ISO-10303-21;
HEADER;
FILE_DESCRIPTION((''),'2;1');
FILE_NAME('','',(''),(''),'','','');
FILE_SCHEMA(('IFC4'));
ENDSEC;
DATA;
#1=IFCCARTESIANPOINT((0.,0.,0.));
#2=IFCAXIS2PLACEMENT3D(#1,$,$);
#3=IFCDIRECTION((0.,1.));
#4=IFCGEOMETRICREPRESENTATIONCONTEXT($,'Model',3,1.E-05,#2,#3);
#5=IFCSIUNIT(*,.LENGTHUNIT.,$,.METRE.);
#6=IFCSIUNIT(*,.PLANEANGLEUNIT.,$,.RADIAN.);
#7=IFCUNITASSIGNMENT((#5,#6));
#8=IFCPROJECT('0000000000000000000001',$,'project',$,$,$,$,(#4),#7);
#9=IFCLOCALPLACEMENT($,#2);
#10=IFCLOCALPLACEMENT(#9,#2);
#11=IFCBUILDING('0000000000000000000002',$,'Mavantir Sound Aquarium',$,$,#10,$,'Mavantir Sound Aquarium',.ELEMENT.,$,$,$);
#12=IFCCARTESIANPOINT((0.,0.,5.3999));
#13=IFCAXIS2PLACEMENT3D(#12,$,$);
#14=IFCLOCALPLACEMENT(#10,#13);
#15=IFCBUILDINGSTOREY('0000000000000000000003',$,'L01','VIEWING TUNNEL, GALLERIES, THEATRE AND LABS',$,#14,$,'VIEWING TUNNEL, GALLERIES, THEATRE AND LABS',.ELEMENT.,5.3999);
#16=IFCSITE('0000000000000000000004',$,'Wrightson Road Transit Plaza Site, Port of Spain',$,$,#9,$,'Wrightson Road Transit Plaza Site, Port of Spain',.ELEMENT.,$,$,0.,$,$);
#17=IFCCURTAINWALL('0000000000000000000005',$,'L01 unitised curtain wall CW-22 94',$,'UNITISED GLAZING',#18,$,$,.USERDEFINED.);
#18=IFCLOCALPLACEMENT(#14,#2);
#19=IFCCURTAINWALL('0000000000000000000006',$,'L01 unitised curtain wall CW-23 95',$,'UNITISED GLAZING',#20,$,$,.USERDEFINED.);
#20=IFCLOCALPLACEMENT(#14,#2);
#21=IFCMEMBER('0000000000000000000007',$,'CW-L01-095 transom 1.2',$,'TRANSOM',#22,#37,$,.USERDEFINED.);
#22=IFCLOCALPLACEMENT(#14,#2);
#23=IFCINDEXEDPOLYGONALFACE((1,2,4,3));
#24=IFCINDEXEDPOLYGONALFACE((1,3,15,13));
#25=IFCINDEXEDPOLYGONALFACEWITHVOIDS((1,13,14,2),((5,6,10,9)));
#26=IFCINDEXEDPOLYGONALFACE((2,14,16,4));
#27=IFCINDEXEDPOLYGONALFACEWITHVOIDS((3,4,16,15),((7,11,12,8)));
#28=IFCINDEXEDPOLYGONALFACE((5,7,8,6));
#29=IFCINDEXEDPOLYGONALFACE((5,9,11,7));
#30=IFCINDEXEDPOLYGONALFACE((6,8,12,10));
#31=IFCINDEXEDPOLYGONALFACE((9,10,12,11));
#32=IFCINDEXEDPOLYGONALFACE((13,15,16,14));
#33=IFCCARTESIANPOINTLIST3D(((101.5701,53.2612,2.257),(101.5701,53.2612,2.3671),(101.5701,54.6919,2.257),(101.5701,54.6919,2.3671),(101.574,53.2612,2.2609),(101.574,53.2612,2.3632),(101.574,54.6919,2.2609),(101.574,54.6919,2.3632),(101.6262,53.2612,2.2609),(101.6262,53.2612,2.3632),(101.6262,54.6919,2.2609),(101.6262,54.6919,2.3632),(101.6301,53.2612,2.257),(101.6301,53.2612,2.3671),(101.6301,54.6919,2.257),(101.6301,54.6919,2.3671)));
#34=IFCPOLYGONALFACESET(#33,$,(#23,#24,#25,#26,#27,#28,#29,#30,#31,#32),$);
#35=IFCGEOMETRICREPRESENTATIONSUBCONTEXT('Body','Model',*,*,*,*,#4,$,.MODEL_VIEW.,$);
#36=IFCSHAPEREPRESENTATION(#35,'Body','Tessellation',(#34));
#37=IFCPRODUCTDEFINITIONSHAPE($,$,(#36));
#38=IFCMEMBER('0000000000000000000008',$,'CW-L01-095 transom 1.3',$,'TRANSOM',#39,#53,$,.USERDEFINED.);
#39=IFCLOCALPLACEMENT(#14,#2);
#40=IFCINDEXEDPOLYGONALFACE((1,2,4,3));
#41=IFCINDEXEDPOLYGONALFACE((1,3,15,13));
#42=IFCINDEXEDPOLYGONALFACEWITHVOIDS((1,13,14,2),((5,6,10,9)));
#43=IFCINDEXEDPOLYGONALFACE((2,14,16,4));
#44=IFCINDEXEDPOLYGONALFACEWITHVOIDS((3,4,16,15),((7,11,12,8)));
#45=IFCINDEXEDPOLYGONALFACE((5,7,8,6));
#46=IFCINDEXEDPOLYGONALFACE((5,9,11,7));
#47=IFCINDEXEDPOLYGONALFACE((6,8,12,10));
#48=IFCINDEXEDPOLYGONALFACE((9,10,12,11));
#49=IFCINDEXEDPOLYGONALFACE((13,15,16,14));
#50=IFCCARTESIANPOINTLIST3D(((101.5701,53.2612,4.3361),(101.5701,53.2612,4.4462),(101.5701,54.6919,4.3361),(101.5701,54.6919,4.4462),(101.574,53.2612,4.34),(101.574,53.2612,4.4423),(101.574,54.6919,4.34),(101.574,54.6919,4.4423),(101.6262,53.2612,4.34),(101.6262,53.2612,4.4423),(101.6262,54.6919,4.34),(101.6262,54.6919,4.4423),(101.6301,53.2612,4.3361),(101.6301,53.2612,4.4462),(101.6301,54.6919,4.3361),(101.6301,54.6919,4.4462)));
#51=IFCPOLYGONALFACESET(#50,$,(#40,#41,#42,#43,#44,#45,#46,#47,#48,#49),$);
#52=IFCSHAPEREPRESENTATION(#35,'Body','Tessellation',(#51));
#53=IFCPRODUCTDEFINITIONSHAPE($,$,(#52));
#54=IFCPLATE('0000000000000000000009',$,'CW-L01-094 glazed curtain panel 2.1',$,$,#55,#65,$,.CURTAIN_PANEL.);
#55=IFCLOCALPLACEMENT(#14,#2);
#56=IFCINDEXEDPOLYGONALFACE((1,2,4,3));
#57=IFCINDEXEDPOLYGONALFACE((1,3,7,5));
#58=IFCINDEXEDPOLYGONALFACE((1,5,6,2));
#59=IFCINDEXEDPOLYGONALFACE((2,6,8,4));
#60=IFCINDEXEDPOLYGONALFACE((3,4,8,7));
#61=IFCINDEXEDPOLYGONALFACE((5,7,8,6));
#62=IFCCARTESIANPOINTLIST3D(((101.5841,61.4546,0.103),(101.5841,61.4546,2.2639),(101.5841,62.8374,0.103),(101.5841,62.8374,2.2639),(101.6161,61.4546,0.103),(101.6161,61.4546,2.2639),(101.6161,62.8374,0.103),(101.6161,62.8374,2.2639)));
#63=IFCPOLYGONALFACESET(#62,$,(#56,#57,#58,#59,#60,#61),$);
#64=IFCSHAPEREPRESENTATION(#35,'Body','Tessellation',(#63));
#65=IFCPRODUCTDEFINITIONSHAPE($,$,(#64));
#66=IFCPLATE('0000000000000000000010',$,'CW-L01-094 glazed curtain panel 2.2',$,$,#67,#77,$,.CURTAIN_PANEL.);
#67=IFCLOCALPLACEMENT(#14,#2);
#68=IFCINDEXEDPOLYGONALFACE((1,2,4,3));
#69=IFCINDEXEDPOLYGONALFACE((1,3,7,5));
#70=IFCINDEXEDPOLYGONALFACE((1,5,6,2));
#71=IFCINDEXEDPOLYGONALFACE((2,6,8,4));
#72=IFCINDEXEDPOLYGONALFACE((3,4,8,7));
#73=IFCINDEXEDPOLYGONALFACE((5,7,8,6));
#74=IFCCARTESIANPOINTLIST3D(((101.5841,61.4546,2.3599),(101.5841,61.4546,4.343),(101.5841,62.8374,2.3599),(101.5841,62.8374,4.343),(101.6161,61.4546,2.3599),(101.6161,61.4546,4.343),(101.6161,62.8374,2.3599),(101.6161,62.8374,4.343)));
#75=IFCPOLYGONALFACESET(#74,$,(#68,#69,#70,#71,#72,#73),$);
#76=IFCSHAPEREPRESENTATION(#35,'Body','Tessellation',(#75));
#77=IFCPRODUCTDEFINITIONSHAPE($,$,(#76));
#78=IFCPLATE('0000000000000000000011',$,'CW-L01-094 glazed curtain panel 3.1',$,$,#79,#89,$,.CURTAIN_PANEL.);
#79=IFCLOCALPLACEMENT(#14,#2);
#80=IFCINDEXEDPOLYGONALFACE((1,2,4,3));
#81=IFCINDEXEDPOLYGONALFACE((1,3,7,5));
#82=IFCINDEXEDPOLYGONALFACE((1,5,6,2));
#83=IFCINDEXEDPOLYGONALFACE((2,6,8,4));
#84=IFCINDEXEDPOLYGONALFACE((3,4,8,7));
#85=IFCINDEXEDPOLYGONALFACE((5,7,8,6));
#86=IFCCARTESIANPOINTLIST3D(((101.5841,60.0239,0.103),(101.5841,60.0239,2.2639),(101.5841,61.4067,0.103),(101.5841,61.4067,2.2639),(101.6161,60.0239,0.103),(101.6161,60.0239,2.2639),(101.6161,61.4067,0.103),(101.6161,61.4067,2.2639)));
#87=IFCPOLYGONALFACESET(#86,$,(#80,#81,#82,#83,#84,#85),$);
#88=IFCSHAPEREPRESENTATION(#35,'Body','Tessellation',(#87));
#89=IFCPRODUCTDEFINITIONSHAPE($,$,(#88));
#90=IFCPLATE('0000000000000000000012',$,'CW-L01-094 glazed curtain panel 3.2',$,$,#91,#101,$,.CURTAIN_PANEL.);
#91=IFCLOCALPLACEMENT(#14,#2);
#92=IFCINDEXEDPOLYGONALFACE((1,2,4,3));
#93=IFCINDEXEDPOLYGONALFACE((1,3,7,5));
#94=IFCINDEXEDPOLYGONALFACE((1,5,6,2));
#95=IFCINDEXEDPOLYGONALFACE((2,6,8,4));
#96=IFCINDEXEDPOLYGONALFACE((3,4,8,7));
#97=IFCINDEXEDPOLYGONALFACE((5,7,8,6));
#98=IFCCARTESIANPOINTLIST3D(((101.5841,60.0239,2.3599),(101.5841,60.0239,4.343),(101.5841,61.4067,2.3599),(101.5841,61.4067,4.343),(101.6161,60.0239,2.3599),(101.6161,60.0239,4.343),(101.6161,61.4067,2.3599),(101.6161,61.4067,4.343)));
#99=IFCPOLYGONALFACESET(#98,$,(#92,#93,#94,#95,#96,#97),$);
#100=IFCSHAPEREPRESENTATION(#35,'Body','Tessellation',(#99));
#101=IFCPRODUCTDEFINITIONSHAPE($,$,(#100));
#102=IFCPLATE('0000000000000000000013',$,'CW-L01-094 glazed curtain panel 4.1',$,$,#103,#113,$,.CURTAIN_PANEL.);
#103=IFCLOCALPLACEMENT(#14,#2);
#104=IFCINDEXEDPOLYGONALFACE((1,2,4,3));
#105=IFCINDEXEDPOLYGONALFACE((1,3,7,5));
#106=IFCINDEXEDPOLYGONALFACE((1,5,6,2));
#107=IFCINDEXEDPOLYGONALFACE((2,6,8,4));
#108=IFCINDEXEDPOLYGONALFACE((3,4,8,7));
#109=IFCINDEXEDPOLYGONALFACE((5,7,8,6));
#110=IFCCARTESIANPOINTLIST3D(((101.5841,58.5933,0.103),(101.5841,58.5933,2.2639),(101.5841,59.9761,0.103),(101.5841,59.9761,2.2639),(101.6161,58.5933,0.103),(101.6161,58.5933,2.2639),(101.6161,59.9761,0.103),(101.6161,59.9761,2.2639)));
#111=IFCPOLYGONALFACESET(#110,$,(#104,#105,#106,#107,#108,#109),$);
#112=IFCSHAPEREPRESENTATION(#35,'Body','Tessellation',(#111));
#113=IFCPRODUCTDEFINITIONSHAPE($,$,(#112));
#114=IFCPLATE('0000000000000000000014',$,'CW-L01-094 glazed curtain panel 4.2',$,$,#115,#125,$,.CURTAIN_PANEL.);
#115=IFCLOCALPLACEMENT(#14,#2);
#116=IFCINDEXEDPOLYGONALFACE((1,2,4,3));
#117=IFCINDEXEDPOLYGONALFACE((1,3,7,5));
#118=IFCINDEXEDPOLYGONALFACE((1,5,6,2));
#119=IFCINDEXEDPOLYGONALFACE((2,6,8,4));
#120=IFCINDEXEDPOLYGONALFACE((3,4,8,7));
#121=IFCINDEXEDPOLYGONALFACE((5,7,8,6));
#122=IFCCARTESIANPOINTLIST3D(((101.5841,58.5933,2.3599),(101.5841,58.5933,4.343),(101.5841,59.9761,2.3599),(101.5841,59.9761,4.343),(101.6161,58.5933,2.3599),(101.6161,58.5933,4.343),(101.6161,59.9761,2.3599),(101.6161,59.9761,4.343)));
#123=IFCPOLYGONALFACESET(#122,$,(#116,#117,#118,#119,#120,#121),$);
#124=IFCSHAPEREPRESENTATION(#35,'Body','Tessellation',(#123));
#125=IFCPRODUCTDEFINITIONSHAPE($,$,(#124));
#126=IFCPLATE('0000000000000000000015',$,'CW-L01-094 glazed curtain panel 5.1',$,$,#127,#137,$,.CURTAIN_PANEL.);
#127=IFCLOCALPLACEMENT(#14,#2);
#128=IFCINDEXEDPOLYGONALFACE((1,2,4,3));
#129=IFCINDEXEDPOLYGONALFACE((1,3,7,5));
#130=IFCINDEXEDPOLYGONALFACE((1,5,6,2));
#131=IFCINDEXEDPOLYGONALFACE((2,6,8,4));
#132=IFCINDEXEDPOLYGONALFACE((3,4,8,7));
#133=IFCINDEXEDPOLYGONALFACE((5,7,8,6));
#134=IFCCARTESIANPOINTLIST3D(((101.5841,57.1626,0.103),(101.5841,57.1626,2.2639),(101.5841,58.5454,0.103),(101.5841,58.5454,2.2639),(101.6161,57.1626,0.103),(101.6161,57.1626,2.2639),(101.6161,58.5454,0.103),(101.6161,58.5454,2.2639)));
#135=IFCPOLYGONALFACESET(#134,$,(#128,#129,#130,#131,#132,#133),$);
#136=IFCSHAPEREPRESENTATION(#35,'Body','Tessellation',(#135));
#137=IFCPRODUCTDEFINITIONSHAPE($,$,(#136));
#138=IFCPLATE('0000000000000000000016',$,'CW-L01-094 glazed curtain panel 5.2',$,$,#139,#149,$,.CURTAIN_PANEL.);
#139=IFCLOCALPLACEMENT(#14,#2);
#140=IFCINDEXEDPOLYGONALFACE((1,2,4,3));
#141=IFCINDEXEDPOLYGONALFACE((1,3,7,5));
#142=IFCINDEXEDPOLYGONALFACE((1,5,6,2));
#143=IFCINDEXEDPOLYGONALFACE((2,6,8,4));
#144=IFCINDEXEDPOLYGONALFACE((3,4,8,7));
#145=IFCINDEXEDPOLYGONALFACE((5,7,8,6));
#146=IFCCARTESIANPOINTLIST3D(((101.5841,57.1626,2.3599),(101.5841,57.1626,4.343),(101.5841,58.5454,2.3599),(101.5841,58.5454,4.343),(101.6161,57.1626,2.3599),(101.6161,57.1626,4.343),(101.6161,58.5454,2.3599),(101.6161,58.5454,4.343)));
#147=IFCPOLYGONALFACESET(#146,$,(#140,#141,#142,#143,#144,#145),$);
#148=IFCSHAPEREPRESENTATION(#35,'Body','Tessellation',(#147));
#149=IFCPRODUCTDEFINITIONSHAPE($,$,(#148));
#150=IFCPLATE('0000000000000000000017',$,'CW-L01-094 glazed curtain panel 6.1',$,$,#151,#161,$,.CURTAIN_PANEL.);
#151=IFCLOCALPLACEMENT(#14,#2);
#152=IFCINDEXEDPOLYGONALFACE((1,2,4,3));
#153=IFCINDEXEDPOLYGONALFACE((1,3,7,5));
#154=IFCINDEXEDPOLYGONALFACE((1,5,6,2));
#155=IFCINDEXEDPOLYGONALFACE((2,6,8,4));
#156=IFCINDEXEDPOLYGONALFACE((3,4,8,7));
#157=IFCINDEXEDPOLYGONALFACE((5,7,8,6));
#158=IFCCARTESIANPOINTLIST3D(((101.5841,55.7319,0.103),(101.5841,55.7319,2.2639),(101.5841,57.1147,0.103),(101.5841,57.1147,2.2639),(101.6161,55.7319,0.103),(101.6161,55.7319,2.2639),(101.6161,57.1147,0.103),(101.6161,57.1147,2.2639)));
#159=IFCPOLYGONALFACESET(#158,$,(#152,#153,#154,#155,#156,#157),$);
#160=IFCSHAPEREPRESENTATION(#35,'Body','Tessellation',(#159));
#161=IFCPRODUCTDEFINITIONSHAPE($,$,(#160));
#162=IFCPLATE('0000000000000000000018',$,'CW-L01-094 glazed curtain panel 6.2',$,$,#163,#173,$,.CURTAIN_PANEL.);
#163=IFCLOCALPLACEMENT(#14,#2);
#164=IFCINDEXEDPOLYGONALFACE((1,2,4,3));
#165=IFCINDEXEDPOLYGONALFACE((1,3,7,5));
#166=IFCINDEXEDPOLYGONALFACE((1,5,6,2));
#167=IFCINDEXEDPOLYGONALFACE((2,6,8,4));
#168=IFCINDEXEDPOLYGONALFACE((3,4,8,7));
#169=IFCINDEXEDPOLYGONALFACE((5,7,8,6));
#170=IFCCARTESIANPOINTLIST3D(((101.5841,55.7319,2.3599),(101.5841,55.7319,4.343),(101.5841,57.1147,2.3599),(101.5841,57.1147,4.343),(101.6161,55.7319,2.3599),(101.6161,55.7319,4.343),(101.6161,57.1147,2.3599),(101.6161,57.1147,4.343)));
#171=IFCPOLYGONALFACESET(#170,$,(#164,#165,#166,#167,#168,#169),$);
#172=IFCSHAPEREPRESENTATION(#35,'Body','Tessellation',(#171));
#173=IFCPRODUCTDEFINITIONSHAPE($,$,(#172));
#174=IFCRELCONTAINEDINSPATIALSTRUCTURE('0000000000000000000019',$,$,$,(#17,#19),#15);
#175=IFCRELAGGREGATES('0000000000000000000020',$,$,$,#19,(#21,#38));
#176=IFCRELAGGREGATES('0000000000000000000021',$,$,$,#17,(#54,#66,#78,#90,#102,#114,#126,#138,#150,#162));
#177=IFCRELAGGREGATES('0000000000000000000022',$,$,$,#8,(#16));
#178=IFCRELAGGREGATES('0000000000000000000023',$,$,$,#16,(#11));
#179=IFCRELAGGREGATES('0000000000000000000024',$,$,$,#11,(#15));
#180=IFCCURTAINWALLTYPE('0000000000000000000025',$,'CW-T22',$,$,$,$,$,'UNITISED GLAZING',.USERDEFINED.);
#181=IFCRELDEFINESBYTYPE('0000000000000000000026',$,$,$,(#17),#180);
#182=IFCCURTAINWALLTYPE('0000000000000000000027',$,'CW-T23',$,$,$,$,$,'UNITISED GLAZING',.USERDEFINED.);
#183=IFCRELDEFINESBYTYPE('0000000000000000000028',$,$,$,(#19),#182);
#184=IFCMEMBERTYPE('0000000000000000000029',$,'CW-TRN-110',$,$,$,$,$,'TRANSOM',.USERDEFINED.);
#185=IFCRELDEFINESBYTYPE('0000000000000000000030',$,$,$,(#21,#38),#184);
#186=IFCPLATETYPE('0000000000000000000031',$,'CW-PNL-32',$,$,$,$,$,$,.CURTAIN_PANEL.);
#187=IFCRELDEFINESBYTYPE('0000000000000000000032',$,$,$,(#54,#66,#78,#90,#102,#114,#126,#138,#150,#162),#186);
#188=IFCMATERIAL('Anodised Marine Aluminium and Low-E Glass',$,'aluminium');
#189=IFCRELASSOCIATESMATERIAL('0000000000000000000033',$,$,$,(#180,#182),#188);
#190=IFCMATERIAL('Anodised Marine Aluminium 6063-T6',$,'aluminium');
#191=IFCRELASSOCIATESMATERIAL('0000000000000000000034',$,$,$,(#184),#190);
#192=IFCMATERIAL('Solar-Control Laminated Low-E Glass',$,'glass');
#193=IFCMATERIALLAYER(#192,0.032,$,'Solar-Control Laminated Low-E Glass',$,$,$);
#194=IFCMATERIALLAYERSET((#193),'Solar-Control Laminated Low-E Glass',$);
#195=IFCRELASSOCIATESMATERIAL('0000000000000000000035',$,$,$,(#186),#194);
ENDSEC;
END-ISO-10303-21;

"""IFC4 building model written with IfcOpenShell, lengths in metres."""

from ifc_helpers import new_model, si_unit, direction, frame, origin, origin_2d, place, context, subcontext, project, spatial, rectangle, hollow_rectangle, extrude, material, layer, layer_set, material_profile, profile_set, type_object, element, aggregate, save


model = new_model("IFC4")

# Units and contexts
model_context = context("Model", 3, precision=1e-05, world=origin(), true_north=direction((0.0, 1.0)))
body_context = subcontext(model_context, "Body", "Model", "MODEL_VIEW")
ifc_project = project(units=[si_unit("LENGTHUNIT", "METRE"), si_unit("PLANEANGLEUNIT", "RADIAN")], contexts=[model_context])

# Site, building, storey
site_placement = place(None, origin())
site = spatial("IfcSite", under=ifc_project, at=site_placement, Name="Wrightson Road Transit Plaza Site, Port of Spain", LongName="Wrightson Road Transit Plaza Site, Port of Spain", CompositionType="ELEMENT", RefElevation=0.0)
building_placement = place(site_placement, origin())
building = spatial("IfcBuilding", under=site, at=building_placement, Name="Mavantir Sound Aquarium", LongName="Mavantir Sound Aquarium", CompositionType="ELEMENT")
storey_placement = place(building_placement, frame((0.0, 0.0, 5.3999)))
storey = spatial("IfcBuildingStorey", under=building, at=storey_placement, Name="L01", Description="VIEWING TUNNEL, GALLERIES, THEATRE AND LABS", LongName="VIEWING TUNNEL, GALLERIES, THEATRE AND LABS", CompositionType="ELEMENT", Elevation=5.3999)

# Curtain walls, members
ifc_material_1 = material(Name="Anodised Marine Aluminium and Low-E Glass", Category="aluminium")
curtain_wall_type_1 = type_object("IfcCurtainWallType", Name="CW-T22", ElementType="UNITISED GLAZING", PredefinedType="USERDEFINED", material=ifc_material_1)
curtain_wall_1_placement = place(storey_placement, origin())
curtain_wall_1 = element("IfcCurtainWall", 1, at=curtain_wall_1_placement, inside=storey, type_object=curtain_wall_type_1, Name="L01 unitised curtain wall CW-22 94", ObjectType="UNITISED GLAZING", PredefinedType="USERDEFINED")
ifc_material_2 = material(Name="Anodised Marine Aluminium 6063-T6", Category="aluminium")
ifc_material_profile_1 = material_profile(ifc_material_2, hollow_rectangle(XDim=0.0601, YDim=0.1101, WallThickness=0.0039, at=origin_2d()), Name="ALU-TRANSOM-110X60")
ifc_profile_set_1 = profile_set([ifc_material_profile_1], Name="Anodised Marine Aluminium 6063-T6")
member_type_1 = type_object("IfcMemberType", Name="CW-TRN-110", ElementType="TRANSOM", PredefinedType="USERDEFINED", material=ifc_profile_set_1)
curtain_wall_type_2 = type_object("IfcCurtainWallType", Name="CW-T23", ElementType="UNITISED GLAZING", PredefinedType="USERDEFINED", material=ifc_material_1)
curtain_wall_2_placement = place(storey_placement, origin())
curtain_wall_2 = element("IfcCurtainWall", 2, at=curtain_wall_2_placement, inside=storey, type_object=curtain_wall_type_2, Name="L01 unitised curtain wall CW-23 95", ObjectType="UNITISED GLAZING", PredefinedType="USERDEFINED")
member_1_placement = place(storey_placement, frame((101.6001, 54.6919, 2.312), z_axis=(0.0, -1.0, 0.0), x_axis=(1.0, 0.0, 0.0)))
member_1 = element("IfcMember", 3, at=member_1_placement, type_object=member_type_1, Name="CW-L01-095 transom 1.2", ObjectType="TRANSOM", PredefinedType="USERDEFINED", context=body_context, shape_type="SweptSolid", body=[
    extrude(hollow_rectangle(XDim=0.0601, YDim=0.1101, WallThickness=0.0039, at=origin_2d()), origin(), (0.0, 0.0, 1.0), 1.4307),
])
member_2_placement = place(storey_placement, frame((101.6001, 54.6919, 4.3911), z_axis=(0.0, -1.0, 0.0), x_axis=(1.0, 0.0, 0.0)))
member_2 = element("IfcMember", 4, at=member_2_placement, type_object=member_type_1, Name="CW-L01-095 transom 1.3", ObjectType="TRANSOM", PredefinedType="USERDEFINED", context=body_context, shape_type="SweptSolid", body=[
    extrude(hollow_rectangle(XDim=0.0601, YDim=0.1101, WallThickness=0.0039, at=origin_2d()), origin(), (0.0, 0.0, 1.0), 1.4307),
])
aggregate(curtain_wall_2, [member_1, member_2])

# Plates
ifc_material_3 = material(Name="Solar-Control Laminated Low-E Glass", Category="glass")
ifc_layer = layer(ifc_material_3, 0.032, Name="Solar-Control Laminated Low-E Glass")
ifc_layer_set = layer_set([ifc_layer], Name="Solar-Control Laminated Low-E Glass")
plate_type = type_object("IfcPlateType", Name="CW-PNL-32", PredefinedType="CURTAIN_PANEL", material=ifc_layer_set)
plate_1_placement = place(storey_placement, frame((101.6001, 62.146, 0.103), z_axis=(0.0, 0.0, 1.0), x_axis=(0.0, -1.0, 0.0)))
plate_1 = element("IfcPlate", 5, at=plate_1_placement, type_object=plate_type, Name="CW-L01-094 glazed curtain panel 2.1", PredefinedType="CURTAIN_PANEL", context=body_context, shape_type="SweptSolid", body=[
    extrude(rectangle(XDim=1.3828, YDim=0.032, at=origin_2d()), origin(), (0.0, 0.0, 1.0), 2.1609),
])
plate_2_placement = place(storey_placement, frame((101.6001, 62.146, 2.3599), z_axis=(0.0, 0.0, 1.0), x_axis=(0.0, -1.0, 0.0)))
plate_2 = element("IfcPlate", 6, at=plate_2_placement, type_object=plate_type, Name="CW-L01-094 glazed curtain panel 2.2", PredefinedType="CURTAIN_PANEL", context=body_context, shape_type="SweptSolid", body=[
    extrude(rectangle(XDim=1.3828, YDim=0.032, at=origin_2d()), origin(), (0.0, 0.0, 1.0), 1.9832),
])
plate_3_placement = place(storey_placement, frame((101.6001, 60.7153, 0.103), z_axis=(0.0, 0.0, 1.0), x_axis=(0.0, -1.0, 0.0)))
plate_3 = element("IfcPlate", 7, at=plate_3_placement, type_object=plate_type, Name="CW-L01-094 glazed curtain panel 3.1", PredefinedType="CURTAIN_PANEL", context=body_context, shape_type="SweptSolid", body=[
    extrude(rectangle(XDim=1.3828, YDim=0.032, at=origin_2d()), origin(), (0.0, 0.0, 1.0), 2.1609),
])
plate_4_placement = place(storey_placement, frame((101.6001, 60.7153, 2.3599), z_axis=(0.0, 0.0, 1.0), x_axis=(0.0, -1.0, 0.0)))
plate_4 = element("IfcPlate", 8, at=plate_4_placement, type_object=plate_type, Name="CW-L01-094 glazed curtain panel 3.2", PredefinedType="CURTAIN_PANEL", context=body_context, shape_type="SweptSolid", body=[
    extrude(rectangle(XDim=1.3828, YDim=0.032, at=origin_2d()), origin(), (0.0, 0.0, 1.0), 1.9832),
])
plate_5_placement = place(storey_placement, frame((101.6001, 59.2847, 0.103), z_axis=(0.0, 0.0, 1.0), x_axis=(0.0, -1.0, 0.0)))
plate_5 = element("IfcPlate", 9, at=plate_5_placement, type_object=plate_type, Name="CW-L01-094 glazed curtain panel 4.1", PredefinedType="CURTAIN_PANEL", context=body_context, shape_type="SweptSolid", body=[
    extrude(rectangle(XDim=1.3828, YDim=0.032, at=origin_2d()), origin(), (0.0, 0.0, 1.0), 2.1609),
])
plate_6_placement = place(storey_placement, frame((101.6001, 59.2847, 2.3599), z_axis=(0.0, 0.0, 1.0), x_axis=(0.0, -1.0, 0.0)))
plate_6 = element("IfcPlate", 10, at=plate_6_placement, type_object=plate_type, Name="CW-L01-094 glazed curtain panel 4.2", PredefinedType="CURTAIN_PANEL", context=body_context, shape_type="SweptSolid", body=[
    extrude(rectangle(XDim=1.3828, YDim=0.032, at=origin_2d()), origin(), (0.0, 0.0, 1.0), 1.9832),
])
plate_7_placement = place(storey_placement, frame((101.6001, 57.854, 0.103), z_axis=(0.0, 0.0, 1.0), x_axis=(0.0, -1.0, 0.0)))
plate_7 = element("IfcPlate", 11, at=plate_7_placement, type_object=plate_type, Name="CW-L01-094 glazed curtain panel 5.1", PredefinedType="CURTAIN_PANEL", context=body_context, shape_type="SweptSolid", body=[
    extrude(rectangle(XDim=1.3828, YDim=0.032, at=origin_2d()), origin(), (0.0, 0.0, 1.0), 2.1609),
])
plate_8_placement = place(storey_placement, frame((101.6001, 57.854, 2.3599), z_axis=(0.0, 0.0, 1.0), x_axis=(0.0, -1.0, 0.0)))
plate_8 = element("IfcPlate", 12, at=plate_8_placement, type_object=plate_type, Name="CW-L01-094 glazed curtain panel 5.2", PredefinedType="CURTAIN_PANEL", context=body_context, shape_type="SweptSolid", body=[
    extrude(rectangle(XDim=1.3828, YDim=0.032, at=origin_2d()), origin(), (0.0, 0.0, 1.0), 1.9832),
])
plate_9_placement = place(storey_placement, frame((101.6001, 56.4233, 0.103), z_axis=(0.0, 0.0, 1.0), x_axis=(0.0, -1.0, 0.0)))
plate_9 = element("IfcPlate", 13, at=plate_9_placement, type_object=plate_type, Name="CW-L01-094 glazed curtain panel 6.1", PredefinedType="CURTAIN_PANEL", context=body_context, shape_type="SweptSolid", body=[
    extrude(rectangle(XDim=1.3828, YDim=0.032, at=origin_2d()), origin(), (0.0, 0.0, 1.0), 2.1609),
])
plate_10_placement = place(storey_placement, frame((101.6001, 56.4233, 2.3599), z_axis=(0.0, 0.0, 1.0), x_axis=(0.0, -1.0, 0.0)))
plate_10 = element("IfcPlate", 14, at=plate_10_placement, type_object=plate_type, Name="CW-L01-094 glazed curtain panel 6.2", PredefinedType="CURTAIN_PANEL", context=body_context, shape_type="SweptSolid", body=[
    extrude(rectangle(XDim=1.3828, YDim=0.032, at=origin_2d()), origin(), (0.0, 0.0, 1.0), 1.9832),
])
aggregate(curtain_wall_1, [plate_1, plate_2, plate_3, plate_4, plate_5, plate_6, plate_7, plate_8, plate_9, plate_10])

save(model, "model.ifc")
